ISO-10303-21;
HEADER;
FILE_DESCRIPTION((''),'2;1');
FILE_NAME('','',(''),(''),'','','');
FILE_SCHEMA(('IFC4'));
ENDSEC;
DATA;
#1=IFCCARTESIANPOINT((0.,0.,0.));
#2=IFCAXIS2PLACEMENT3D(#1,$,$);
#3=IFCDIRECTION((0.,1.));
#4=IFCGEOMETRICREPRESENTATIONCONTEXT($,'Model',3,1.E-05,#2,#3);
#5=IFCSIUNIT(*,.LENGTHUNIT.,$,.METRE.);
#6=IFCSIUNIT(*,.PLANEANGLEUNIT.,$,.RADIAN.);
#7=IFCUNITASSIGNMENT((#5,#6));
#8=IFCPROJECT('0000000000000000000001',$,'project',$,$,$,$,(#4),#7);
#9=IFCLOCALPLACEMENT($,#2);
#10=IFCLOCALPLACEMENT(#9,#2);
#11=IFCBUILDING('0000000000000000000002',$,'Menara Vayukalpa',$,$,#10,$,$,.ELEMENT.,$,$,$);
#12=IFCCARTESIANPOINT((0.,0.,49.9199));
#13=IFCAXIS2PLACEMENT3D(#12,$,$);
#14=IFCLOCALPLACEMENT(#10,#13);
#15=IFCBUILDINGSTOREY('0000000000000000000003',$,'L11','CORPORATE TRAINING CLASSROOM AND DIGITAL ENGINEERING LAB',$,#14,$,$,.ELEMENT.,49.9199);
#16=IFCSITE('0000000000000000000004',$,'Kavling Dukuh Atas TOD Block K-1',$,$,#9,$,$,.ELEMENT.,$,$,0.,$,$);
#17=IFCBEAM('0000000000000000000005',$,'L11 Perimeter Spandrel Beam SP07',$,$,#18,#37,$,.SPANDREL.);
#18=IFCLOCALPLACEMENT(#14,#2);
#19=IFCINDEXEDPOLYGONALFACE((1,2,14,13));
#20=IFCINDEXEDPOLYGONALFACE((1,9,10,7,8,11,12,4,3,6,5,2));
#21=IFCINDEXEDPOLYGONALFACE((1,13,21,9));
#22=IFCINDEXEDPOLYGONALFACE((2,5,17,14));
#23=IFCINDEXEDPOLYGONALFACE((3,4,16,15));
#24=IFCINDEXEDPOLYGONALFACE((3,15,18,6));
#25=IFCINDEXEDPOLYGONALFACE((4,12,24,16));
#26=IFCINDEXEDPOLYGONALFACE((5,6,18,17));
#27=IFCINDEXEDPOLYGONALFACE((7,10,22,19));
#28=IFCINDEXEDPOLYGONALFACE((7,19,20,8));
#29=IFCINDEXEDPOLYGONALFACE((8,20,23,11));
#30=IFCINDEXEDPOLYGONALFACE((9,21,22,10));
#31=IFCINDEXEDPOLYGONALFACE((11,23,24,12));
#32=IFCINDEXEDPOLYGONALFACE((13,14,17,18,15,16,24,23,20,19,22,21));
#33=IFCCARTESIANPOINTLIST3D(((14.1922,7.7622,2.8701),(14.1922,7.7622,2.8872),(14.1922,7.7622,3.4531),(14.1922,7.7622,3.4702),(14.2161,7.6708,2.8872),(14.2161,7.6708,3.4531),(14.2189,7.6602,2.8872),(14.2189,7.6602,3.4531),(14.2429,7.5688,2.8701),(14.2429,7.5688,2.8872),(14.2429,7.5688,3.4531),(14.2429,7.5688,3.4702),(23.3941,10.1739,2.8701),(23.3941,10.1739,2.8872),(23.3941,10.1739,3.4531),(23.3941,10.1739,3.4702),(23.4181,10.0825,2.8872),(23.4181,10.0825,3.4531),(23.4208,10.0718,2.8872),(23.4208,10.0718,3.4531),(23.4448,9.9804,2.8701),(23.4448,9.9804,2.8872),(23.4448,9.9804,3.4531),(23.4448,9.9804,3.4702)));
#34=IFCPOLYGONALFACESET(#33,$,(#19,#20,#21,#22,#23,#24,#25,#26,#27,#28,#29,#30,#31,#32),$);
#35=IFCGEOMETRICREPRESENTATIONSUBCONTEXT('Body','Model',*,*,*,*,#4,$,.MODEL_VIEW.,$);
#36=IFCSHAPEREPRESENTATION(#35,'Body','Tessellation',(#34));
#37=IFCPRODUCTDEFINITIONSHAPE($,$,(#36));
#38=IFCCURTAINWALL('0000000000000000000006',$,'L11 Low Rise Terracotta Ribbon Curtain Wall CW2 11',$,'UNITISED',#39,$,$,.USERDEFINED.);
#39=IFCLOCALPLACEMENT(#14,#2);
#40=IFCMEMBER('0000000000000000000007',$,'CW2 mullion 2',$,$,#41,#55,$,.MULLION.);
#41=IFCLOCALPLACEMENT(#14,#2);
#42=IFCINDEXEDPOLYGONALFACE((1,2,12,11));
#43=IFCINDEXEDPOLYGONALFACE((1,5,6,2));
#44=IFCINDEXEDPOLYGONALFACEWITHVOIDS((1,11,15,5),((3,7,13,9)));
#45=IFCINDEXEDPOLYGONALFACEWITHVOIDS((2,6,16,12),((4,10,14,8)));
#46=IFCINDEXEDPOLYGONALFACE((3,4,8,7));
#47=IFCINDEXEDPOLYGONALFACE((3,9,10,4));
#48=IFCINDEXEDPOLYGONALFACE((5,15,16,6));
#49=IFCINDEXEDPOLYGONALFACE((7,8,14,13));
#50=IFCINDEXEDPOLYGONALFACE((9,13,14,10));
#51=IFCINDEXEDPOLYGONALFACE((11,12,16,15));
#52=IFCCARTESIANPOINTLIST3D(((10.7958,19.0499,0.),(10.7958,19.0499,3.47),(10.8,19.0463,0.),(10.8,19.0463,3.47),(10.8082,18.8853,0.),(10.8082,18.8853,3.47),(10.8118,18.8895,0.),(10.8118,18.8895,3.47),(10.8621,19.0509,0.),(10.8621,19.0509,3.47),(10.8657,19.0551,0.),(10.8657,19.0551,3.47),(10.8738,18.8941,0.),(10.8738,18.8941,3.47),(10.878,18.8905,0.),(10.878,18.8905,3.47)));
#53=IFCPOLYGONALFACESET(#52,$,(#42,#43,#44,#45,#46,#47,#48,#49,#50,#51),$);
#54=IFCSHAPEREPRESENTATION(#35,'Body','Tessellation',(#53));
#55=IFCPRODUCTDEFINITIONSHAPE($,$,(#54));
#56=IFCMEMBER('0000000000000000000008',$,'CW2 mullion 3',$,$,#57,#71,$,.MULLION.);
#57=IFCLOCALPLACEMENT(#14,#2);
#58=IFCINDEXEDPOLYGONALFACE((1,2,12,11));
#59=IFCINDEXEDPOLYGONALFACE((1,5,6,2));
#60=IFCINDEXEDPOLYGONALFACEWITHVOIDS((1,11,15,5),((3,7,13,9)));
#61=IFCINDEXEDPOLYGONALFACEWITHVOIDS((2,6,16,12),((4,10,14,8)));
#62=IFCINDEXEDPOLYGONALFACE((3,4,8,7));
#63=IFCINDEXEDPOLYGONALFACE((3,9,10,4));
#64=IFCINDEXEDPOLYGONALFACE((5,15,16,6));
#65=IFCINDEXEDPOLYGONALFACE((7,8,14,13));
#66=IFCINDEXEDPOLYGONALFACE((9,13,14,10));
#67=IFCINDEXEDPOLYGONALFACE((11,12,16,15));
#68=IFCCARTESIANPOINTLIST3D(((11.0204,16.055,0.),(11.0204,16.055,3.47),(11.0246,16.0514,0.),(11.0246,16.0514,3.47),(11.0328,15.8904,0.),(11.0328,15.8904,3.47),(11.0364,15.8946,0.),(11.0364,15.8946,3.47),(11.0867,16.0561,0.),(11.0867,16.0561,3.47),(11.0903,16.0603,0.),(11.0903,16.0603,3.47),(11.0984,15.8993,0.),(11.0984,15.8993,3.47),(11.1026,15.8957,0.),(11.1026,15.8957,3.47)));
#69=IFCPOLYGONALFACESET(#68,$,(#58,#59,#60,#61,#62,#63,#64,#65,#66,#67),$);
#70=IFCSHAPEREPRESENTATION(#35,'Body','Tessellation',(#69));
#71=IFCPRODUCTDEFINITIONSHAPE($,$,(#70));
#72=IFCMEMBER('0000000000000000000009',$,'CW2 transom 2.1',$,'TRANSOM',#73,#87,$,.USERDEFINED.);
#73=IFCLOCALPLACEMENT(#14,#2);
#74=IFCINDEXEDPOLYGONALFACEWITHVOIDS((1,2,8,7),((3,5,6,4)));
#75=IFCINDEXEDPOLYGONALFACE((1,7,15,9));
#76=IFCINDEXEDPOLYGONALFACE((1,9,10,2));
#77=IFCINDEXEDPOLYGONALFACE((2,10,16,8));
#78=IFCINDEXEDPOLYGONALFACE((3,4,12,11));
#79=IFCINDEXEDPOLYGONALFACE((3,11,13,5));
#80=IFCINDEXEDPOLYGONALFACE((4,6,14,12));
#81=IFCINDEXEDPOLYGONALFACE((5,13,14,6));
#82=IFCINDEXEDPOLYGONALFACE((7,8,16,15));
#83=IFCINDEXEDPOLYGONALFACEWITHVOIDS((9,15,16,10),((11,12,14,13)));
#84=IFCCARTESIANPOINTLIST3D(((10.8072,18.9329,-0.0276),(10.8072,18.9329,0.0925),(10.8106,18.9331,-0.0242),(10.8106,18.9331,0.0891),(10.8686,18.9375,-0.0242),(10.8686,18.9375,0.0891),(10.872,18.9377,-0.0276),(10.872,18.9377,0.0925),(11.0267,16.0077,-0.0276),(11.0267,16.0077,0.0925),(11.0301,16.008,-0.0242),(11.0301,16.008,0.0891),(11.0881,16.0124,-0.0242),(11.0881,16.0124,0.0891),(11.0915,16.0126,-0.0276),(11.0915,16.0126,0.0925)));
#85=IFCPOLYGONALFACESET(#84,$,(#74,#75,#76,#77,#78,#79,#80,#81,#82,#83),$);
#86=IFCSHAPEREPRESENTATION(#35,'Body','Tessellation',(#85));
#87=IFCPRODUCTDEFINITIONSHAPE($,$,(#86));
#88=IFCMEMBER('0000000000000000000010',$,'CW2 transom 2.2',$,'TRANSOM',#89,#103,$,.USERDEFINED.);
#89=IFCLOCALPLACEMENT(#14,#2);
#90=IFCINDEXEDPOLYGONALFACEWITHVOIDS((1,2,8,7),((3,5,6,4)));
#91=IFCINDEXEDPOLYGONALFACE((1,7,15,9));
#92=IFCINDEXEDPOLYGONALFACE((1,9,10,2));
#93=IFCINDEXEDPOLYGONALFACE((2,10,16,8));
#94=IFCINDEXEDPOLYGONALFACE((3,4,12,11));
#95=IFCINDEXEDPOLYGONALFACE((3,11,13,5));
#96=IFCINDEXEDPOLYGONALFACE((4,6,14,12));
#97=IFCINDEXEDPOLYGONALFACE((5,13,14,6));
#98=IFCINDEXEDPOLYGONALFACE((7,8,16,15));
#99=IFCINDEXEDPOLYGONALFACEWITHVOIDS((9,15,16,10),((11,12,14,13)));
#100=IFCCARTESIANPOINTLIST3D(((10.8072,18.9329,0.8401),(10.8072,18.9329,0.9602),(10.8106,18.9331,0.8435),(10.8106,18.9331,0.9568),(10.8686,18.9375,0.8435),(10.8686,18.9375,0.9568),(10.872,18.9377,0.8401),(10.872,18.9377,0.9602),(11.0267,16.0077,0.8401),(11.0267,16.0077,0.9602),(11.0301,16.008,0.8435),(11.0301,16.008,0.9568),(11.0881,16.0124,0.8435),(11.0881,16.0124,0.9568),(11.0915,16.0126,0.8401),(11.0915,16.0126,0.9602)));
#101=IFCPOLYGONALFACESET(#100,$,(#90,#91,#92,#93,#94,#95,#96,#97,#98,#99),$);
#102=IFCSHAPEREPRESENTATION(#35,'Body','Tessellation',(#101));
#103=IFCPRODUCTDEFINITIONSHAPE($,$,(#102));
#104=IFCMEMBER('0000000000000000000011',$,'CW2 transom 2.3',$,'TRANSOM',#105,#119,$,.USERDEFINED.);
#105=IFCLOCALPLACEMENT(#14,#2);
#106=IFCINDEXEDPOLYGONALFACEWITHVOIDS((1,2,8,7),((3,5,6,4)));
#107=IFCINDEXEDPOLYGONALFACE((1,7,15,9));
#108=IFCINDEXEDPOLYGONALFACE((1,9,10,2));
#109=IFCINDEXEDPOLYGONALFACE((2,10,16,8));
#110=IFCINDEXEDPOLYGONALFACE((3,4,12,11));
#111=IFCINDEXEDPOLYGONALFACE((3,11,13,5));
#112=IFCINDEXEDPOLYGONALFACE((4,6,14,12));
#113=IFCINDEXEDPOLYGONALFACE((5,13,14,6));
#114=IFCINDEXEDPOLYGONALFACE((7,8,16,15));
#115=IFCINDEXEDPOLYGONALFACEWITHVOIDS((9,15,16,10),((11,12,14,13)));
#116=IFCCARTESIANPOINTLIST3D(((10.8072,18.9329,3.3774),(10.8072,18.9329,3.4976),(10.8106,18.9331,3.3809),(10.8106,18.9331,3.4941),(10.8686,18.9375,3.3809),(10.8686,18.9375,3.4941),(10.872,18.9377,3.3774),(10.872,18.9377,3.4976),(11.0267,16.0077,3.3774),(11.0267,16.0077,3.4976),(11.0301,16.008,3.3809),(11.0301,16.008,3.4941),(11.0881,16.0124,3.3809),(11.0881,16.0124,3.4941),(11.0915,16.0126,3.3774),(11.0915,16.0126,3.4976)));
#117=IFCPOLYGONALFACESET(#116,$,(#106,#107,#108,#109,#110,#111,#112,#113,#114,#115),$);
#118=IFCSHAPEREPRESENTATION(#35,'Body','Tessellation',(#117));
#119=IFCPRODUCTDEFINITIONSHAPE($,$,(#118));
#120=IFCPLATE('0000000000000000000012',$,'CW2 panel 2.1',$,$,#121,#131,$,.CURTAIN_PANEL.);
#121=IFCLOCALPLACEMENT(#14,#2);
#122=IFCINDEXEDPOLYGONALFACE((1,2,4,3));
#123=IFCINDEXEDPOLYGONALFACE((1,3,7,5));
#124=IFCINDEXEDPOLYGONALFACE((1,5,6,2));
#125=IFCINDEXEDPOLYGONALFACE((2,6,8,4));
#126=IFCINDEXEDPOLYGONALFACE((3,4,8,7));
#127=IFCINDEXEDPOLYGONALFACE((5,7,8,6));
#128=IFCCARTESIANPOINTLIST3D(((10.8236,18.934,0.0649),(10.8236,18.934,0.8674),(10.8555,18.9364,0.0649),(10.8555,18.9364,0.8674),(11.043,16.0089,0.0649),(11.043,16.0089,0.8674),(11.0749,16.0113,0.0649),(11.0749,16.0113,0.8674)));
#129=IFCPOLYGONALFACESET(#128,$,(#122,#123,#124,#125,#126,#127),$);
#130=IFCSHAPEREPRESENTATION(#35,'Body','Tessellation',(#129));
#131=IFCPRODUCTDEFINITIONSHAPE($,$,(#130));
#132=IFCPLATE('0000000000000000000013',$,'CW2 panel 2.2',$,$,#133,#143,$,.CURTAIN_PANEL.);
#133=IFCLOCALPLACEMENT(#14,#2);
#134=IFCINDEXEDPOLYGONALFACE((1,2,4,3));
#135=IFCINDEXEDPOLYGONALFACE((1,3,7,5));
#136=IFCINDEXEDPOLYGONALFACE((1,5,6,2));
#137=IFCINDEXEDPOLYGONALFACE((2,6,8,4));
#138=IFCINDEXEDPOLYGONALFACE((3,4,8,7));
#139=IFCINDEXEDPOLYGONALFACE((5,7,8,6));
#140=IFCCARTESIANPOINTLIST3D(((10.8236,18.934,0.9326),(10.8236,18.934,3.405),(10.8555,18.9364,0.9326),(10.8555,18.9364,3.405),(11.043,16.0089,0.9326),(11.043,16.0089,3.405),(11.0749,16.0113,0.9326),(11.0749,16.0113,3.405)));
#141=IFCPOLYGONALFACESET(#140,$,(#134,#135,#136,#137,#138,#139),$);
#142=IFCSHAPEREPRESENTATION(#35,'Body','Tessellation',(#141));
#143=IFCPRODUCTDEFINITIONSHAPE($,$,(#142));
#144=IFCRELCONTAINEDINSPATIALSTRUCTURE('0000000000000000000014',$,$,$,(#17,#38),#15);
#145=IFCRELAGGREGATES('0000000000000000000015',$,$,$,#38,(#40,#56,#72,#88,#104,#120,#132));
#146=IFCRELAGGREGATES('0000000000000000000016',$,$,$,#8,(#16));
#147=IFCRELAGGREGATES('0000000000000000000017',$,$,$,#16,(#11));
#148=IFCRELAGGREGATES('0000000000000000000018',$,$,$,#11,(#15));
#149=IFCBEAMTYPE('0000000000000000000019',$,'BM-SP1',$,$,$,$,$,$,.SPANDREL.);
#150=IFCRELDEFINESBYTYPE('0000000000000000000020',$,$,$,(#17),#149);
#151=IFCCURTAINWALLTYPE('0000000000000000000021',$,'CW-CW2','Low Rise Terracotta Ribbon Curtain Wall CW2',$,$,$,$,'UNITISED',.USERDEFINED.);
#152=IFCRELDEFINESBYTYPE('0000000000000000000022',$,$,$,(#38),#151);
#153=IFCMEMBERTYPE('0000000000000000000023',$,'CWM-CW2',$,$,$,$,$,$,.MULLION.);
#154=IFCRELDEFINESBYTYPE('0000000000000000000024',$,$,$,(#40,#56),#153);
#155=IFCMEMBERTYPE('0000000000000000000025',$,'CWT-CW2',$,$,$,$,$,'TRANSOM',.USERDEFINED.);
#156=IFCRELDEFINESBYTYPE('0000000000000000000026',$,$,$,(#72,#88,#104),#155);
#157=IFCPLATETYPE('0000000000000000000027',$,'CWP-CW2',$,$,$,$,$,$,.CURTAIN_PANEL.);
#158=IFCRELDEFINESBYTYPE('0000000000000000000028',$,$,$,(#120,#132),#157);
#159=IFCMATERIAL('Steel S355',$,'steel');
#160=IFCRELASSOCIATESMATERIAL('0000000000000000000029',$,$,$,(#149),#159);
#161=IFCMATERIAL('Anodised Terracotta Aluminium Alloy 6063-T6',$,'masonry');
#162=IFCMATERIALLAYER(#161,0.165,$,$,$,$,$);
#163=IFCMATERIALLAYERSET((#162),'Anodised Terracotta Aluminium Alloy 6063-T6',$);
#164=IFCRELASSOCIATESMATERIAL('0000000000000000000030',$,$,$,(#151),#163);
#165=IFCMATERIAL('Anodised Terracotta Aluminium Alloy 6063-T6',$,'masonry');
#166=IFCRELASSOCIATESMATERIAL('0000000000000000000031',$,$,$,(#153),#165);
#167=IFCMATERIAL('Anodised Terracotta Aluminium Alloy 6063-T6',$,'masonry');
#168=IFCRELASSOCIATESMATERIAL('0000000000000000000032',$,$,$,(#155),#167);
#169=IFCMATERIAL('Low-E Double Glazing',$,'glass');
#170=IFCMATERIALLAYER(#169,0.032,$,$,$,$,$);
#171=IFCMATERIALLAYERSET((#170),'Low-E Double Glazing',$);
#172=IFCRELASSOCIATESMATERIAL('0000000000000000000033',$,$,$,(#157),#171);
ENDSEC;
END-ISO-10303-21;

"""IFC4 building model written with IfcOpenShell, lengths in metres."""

from ifc_helpers import new_model, si_unit, direction, frame, origin, origin_2d, place, context, subcontext, project, spatial, rectangle, hollow_rectangle, i_section, extrude, material, layer, layer_set, material_profile, profile_set, type_object, element, aggregate, save


model = new_model("IFC4")

# Units and contexts
model_context = context("Model", 3, precision=1e-05, world=origin(), true_north=direction((0.0, 1.0)))
body_context = subcontext(model_context, "Body", "Model", "MODEL_VIEW")
ifc_project = project(units=[si_unit("LENGTHUNIT", "METRE"), si_unit("PLANEANGLEUNIT", "RADIAN")], contexts=[model_context])

# Site, building, storey
site_placement = place(None, origin())
site = spatial("IfcSite", under=ifc_project, at=site_placement, Name="Kavling Dukuh Atas TOD Block K-1", CompositionType="ELEMENT", RefElevation=0.0)
building_placement = place(site_placement, origin())
building = spatial("IfcBuilding", under=site, at=building_placement, Name="Menara Vayukalpa", CompositionType="ELEMENT")
storey_placement = place(building_placement, frame((0.0, 0.0, 49.9199)))
storey = spatial("IfcBuildingStorey", under=building, at=storey_placement, Name="L11", Description="CORPORATE TRAINING CLASSROOM AND DIGITAL ENGINEERING LAB", CompositionType="ELEMENT", Elevation=49.9199)

# Beam
ifc_material_1 = material(Name="Steel S355", Category="steel")
ifc_material_profile_1 = material_profile(ifc_material_1, i_section(OverallWidth=0.2, OverallDepth=0.6001, WebThickness=0.011, FlangeThickness=0.0171, at=origin_2d()), Name="WF 600x200x11x17")
ifc_profile_set_1 = profile_set([ifc_material_profile_1], Name="Steel S355")
beam_type_1 = type_object("IfcBeamType", Name="BM-SP1", PredefinedType="SPANDREL", material=ifc_profile_set_1)
beam_1_placement = place(storey_placement, frame((14.2175, 7.6655, 3.1702), z_axis=(0.967331, 0.253517, 0.0), x_axis=(-0.253517, 0.967331, 0.0)))
element("IfcBeam", 1, at=beam_1_placement, inside=storey, type_object=beam_type_1, Name="L11 Perimeter Spandrel Beam SP07", PredefinedType="SPANDREL", context=body_context, shape_type="SweptSolid", body=[
    extrude(i_section(OverallWidth=0.2, OverallDepth=0.6001, WebThickness=0.011, FlangeThickness=0.0171, at=origin_2d()), origin(), (0.0, 0.0, 1.0), 9.5127),
])

# Curtain wall, members, plates
ifc_material_2 = material(Name="Anodised Terracotta Aluminium Alloy 6063-T6", Category="masonry")
ifc_layer_1 = layer(ifc_material_2, 0.165)
ifc_layer_set_1 = layer_set([ifc_layer_1], Name="Anodised Terracotta Aluminium Alloy 6063-T6")
curtain_wall_type = type_object("IfcCurtainWallType", Name="CW-CW2", Description="Low Rise Terracotta Ribbon Curtain Wall CW2", ElementType="UNITISED", PredefinedType="USERDEFINED", material=ifc_layer_set_1)
curtain_wall_placement = place(storey_placement, origin())
curtain_wall = element("IfcCurtainWall", 2, at=curtain_wall_placement, inside=storey, type_object=curtain_wall_type, Name="L11 Low Rise Terracotta Ribbon Curtain Wall CW2 11", ObjectType="UNITISED", PredefinedType="USERDEFINED")
ifc_material_3 = material(Name="Anodised Terracotta Aluminium Alloy 6063-T6", Category="masonry")
ifc_material_profile_2 = material_profile(ifc_material_3, hollow_rectangle(XDim=0.0701, YDim=0.165, WallThickness=0.0039, at=origin_2d()), Name="ALU 70x165x4")
ifc_profile_set_2 = profile_set([ifc_material_profile_2], Name="Anodised Terracotta Aluminium Alloy 6063-T6")
member_type_1 = type_object("IfcMemberType", Name="CWM-CW2", PredefinedType="MULLION", material=ifc_profile_set_2)
member_1_placement = place(storey_placement, frame((10.8369, 18.9702, 0.0), z_axis=(0.0, 0.0, 1.0), x_axis=(0.997199, 0.074795, 0.0)))
member_1 = element("IfcMember", 3, at=member_1_placement, type_object=member_type_1, Name="CW2 mullion 2", PredefinedType="MULLION", context=body_context, shape_type="SweptSolid", body=[
    extrude(hollow_rectangle(XDim=0.0701, YDim=0.165, WallThickness=0.0039, at=origin_2d()), origin(), (0.0, 0.0, 1.0), 3.47),
])
member_2_placement = place(storey_placement, frame((11.0615, 15.9753, 0.0), z_axis=(0.0, 0.0, 1.0), x_axis=(0.997199, 0.074795, 0.0)))
member_2 = element("IfcMember", 4, at=member_2_placement, type_object=member_type_1, Name="CW2 mullion 3", PredefinedType="MULLION", context=body_context, shape_type="SweptSolid", body=[
    extrude(hollow_rectangle(XDim=0.0701, YDim=0.165, WallThickness=0.0039, at=origin_2d()), origin(), (0.0, 0.0, 1.0), 3.47),
])
ifc_material_4 = material(Name="Anodised Terracotta Aluminium Alloy 6063-T6", Category="masonry")
ifc_material_profile_3 = material_profile(ifc_material_4, hollow_rectangle(XDim=0.0649, YDim=0.1201, WallThickness=0.0034, at=origin_2d()), Name="ALU 65x120x3.5")
ifc_profile_set_3 = profile_set([ifc_material_profile_3], Name="Anodised Terracotta Aluminium Alloy 6063-T6")
member_type_2 = type_object("IfcMemberType", Name="CWT-CW2", ElementType="TRANSOM", PredefinedType="USERDEFINED", material=ifc_profile_set_3)
member_3_placement = place(storey_placement, frame((10.8396, 18.9353, 0.0325), z_axis=(0.074825, -0.997197, 0.0), x_axis=(0.997197, 0.074825, 0.0)))
member_3 = element("IfcMember", 5, at=member_3_placement, type_object=member_type_2, Name="CW2 transom 2.1", ObjectType="TRANSOM", PredefinedType="USERDEFINED", context=body_context, shape_type="SweptSolid", body=[
    extrude(hollow_rectangle(XDim=0.0649, YDim=0.1201, WallThickness=0.0034, at=origin_2d()), origin(), (0.0, 0.0, 1.0), 2.9333),
])
member_4_placement = place(storey_placement, frame((10.8396, 18.9353, 0.9001), z_axis=(0.074825, -0.997197, 0.0), x_axis=(0.997197, 0.074825, 0.0)))
member_4 = element("IfcMember", 6, at=member_4_placement, type_object=member_type_2, Name="CW2 transom 2.2", ObjectType="TRANSOM", PredefinedType="USERDEFINED", context=body_context, shape_type="SweptSolid", body=[
    extrude(hollow_rectangle(XDim=0.0649, YDim=0.1201, WallThickness=0.0034, at=origin_2d()), origin(), (0.0, 0.0, 1.0), 2.9333),
])
member_5_placement = place(storey_placement, frame((10.8396, 18.9353, 3.4375), z_axis=(0.074825, -0.997197, 0.0), x_axis=(0.997197, 0.074825, 0.0)))
member_5 = element("IfcMember", 7, at=member_5_placement, type_object=member_type_2, Name="CW2 transom 2.3", ObjectType="TRANSOM", PredefinedType="USERDEFINED", context=body_context, shape_type="SweptSolid", body=[
    extrude(hollow_rectangle(XDim=0.0649, YDim=0.1201, WallThickness=0.0034, at=origin_2d()), origin(), (0.0, 0.0, 1.0), 2.9333),
])
ifc_material_5 = material(Name="Low-E Double Glazing", Category="glass")
ifc_layer_2 = layer(ifc_material_5, 0.032)
ifc_layer_set_2 = layer_set([ifc_layer_2], Name="Low-E Double Glazing")
plate_type = type_object("IfcPlateType", Name="CWP-CW2", PredefinedType="CURTAIN_PANEL", material=ifc_layer_set_2)
plate_1_placement = place(storey_placement, frame((10.9492, 17.4727, 0.0649), z_axis=(0.0, 0.0, 1.0), x_axis=(0.074795, -0.997199, 0.0)))
plate_1 = element("IfcPlate", 8, at=plate_1_placement, type_object=plate_type, Name="CW2 panel 2.1", PredefinedType="CURTAIN_PANEL", context=body_context, shape_type="SweptSolid", body=[
    extrude(rectangle(XDim=2.9333, YDim=0.032, at=origin_2d()), origin(), (0.0, 0.0, 1.0), 0.8025),
])
plate_2_placement = place(storey_placement, frame((10.9492, 17.4727, 0.9326), z_axis=(0.0, 0.0, 1.0), x_axis=(0.074795, -0.997199, 0.0)))
plate_2 = element("IfcPlate", 9, at=plate_2_placement, type_object=plate_type, Name="CW2 panel 2.2", PredefinedType="CURTAIN_PANEL", context=body_context, shape_type="SweptSolid", body=[
    extrude(rectangle(XDim=2.9333, YDim=0.032, at=origin_2d()), origin(), (0.0, 0.0, 1.0), 2.4724),
])
aggregate(curtain_wall, [member_1, member_2, member_3, member_4, member_5, plate_1, plate_2])

save(model, "model.ifc")
